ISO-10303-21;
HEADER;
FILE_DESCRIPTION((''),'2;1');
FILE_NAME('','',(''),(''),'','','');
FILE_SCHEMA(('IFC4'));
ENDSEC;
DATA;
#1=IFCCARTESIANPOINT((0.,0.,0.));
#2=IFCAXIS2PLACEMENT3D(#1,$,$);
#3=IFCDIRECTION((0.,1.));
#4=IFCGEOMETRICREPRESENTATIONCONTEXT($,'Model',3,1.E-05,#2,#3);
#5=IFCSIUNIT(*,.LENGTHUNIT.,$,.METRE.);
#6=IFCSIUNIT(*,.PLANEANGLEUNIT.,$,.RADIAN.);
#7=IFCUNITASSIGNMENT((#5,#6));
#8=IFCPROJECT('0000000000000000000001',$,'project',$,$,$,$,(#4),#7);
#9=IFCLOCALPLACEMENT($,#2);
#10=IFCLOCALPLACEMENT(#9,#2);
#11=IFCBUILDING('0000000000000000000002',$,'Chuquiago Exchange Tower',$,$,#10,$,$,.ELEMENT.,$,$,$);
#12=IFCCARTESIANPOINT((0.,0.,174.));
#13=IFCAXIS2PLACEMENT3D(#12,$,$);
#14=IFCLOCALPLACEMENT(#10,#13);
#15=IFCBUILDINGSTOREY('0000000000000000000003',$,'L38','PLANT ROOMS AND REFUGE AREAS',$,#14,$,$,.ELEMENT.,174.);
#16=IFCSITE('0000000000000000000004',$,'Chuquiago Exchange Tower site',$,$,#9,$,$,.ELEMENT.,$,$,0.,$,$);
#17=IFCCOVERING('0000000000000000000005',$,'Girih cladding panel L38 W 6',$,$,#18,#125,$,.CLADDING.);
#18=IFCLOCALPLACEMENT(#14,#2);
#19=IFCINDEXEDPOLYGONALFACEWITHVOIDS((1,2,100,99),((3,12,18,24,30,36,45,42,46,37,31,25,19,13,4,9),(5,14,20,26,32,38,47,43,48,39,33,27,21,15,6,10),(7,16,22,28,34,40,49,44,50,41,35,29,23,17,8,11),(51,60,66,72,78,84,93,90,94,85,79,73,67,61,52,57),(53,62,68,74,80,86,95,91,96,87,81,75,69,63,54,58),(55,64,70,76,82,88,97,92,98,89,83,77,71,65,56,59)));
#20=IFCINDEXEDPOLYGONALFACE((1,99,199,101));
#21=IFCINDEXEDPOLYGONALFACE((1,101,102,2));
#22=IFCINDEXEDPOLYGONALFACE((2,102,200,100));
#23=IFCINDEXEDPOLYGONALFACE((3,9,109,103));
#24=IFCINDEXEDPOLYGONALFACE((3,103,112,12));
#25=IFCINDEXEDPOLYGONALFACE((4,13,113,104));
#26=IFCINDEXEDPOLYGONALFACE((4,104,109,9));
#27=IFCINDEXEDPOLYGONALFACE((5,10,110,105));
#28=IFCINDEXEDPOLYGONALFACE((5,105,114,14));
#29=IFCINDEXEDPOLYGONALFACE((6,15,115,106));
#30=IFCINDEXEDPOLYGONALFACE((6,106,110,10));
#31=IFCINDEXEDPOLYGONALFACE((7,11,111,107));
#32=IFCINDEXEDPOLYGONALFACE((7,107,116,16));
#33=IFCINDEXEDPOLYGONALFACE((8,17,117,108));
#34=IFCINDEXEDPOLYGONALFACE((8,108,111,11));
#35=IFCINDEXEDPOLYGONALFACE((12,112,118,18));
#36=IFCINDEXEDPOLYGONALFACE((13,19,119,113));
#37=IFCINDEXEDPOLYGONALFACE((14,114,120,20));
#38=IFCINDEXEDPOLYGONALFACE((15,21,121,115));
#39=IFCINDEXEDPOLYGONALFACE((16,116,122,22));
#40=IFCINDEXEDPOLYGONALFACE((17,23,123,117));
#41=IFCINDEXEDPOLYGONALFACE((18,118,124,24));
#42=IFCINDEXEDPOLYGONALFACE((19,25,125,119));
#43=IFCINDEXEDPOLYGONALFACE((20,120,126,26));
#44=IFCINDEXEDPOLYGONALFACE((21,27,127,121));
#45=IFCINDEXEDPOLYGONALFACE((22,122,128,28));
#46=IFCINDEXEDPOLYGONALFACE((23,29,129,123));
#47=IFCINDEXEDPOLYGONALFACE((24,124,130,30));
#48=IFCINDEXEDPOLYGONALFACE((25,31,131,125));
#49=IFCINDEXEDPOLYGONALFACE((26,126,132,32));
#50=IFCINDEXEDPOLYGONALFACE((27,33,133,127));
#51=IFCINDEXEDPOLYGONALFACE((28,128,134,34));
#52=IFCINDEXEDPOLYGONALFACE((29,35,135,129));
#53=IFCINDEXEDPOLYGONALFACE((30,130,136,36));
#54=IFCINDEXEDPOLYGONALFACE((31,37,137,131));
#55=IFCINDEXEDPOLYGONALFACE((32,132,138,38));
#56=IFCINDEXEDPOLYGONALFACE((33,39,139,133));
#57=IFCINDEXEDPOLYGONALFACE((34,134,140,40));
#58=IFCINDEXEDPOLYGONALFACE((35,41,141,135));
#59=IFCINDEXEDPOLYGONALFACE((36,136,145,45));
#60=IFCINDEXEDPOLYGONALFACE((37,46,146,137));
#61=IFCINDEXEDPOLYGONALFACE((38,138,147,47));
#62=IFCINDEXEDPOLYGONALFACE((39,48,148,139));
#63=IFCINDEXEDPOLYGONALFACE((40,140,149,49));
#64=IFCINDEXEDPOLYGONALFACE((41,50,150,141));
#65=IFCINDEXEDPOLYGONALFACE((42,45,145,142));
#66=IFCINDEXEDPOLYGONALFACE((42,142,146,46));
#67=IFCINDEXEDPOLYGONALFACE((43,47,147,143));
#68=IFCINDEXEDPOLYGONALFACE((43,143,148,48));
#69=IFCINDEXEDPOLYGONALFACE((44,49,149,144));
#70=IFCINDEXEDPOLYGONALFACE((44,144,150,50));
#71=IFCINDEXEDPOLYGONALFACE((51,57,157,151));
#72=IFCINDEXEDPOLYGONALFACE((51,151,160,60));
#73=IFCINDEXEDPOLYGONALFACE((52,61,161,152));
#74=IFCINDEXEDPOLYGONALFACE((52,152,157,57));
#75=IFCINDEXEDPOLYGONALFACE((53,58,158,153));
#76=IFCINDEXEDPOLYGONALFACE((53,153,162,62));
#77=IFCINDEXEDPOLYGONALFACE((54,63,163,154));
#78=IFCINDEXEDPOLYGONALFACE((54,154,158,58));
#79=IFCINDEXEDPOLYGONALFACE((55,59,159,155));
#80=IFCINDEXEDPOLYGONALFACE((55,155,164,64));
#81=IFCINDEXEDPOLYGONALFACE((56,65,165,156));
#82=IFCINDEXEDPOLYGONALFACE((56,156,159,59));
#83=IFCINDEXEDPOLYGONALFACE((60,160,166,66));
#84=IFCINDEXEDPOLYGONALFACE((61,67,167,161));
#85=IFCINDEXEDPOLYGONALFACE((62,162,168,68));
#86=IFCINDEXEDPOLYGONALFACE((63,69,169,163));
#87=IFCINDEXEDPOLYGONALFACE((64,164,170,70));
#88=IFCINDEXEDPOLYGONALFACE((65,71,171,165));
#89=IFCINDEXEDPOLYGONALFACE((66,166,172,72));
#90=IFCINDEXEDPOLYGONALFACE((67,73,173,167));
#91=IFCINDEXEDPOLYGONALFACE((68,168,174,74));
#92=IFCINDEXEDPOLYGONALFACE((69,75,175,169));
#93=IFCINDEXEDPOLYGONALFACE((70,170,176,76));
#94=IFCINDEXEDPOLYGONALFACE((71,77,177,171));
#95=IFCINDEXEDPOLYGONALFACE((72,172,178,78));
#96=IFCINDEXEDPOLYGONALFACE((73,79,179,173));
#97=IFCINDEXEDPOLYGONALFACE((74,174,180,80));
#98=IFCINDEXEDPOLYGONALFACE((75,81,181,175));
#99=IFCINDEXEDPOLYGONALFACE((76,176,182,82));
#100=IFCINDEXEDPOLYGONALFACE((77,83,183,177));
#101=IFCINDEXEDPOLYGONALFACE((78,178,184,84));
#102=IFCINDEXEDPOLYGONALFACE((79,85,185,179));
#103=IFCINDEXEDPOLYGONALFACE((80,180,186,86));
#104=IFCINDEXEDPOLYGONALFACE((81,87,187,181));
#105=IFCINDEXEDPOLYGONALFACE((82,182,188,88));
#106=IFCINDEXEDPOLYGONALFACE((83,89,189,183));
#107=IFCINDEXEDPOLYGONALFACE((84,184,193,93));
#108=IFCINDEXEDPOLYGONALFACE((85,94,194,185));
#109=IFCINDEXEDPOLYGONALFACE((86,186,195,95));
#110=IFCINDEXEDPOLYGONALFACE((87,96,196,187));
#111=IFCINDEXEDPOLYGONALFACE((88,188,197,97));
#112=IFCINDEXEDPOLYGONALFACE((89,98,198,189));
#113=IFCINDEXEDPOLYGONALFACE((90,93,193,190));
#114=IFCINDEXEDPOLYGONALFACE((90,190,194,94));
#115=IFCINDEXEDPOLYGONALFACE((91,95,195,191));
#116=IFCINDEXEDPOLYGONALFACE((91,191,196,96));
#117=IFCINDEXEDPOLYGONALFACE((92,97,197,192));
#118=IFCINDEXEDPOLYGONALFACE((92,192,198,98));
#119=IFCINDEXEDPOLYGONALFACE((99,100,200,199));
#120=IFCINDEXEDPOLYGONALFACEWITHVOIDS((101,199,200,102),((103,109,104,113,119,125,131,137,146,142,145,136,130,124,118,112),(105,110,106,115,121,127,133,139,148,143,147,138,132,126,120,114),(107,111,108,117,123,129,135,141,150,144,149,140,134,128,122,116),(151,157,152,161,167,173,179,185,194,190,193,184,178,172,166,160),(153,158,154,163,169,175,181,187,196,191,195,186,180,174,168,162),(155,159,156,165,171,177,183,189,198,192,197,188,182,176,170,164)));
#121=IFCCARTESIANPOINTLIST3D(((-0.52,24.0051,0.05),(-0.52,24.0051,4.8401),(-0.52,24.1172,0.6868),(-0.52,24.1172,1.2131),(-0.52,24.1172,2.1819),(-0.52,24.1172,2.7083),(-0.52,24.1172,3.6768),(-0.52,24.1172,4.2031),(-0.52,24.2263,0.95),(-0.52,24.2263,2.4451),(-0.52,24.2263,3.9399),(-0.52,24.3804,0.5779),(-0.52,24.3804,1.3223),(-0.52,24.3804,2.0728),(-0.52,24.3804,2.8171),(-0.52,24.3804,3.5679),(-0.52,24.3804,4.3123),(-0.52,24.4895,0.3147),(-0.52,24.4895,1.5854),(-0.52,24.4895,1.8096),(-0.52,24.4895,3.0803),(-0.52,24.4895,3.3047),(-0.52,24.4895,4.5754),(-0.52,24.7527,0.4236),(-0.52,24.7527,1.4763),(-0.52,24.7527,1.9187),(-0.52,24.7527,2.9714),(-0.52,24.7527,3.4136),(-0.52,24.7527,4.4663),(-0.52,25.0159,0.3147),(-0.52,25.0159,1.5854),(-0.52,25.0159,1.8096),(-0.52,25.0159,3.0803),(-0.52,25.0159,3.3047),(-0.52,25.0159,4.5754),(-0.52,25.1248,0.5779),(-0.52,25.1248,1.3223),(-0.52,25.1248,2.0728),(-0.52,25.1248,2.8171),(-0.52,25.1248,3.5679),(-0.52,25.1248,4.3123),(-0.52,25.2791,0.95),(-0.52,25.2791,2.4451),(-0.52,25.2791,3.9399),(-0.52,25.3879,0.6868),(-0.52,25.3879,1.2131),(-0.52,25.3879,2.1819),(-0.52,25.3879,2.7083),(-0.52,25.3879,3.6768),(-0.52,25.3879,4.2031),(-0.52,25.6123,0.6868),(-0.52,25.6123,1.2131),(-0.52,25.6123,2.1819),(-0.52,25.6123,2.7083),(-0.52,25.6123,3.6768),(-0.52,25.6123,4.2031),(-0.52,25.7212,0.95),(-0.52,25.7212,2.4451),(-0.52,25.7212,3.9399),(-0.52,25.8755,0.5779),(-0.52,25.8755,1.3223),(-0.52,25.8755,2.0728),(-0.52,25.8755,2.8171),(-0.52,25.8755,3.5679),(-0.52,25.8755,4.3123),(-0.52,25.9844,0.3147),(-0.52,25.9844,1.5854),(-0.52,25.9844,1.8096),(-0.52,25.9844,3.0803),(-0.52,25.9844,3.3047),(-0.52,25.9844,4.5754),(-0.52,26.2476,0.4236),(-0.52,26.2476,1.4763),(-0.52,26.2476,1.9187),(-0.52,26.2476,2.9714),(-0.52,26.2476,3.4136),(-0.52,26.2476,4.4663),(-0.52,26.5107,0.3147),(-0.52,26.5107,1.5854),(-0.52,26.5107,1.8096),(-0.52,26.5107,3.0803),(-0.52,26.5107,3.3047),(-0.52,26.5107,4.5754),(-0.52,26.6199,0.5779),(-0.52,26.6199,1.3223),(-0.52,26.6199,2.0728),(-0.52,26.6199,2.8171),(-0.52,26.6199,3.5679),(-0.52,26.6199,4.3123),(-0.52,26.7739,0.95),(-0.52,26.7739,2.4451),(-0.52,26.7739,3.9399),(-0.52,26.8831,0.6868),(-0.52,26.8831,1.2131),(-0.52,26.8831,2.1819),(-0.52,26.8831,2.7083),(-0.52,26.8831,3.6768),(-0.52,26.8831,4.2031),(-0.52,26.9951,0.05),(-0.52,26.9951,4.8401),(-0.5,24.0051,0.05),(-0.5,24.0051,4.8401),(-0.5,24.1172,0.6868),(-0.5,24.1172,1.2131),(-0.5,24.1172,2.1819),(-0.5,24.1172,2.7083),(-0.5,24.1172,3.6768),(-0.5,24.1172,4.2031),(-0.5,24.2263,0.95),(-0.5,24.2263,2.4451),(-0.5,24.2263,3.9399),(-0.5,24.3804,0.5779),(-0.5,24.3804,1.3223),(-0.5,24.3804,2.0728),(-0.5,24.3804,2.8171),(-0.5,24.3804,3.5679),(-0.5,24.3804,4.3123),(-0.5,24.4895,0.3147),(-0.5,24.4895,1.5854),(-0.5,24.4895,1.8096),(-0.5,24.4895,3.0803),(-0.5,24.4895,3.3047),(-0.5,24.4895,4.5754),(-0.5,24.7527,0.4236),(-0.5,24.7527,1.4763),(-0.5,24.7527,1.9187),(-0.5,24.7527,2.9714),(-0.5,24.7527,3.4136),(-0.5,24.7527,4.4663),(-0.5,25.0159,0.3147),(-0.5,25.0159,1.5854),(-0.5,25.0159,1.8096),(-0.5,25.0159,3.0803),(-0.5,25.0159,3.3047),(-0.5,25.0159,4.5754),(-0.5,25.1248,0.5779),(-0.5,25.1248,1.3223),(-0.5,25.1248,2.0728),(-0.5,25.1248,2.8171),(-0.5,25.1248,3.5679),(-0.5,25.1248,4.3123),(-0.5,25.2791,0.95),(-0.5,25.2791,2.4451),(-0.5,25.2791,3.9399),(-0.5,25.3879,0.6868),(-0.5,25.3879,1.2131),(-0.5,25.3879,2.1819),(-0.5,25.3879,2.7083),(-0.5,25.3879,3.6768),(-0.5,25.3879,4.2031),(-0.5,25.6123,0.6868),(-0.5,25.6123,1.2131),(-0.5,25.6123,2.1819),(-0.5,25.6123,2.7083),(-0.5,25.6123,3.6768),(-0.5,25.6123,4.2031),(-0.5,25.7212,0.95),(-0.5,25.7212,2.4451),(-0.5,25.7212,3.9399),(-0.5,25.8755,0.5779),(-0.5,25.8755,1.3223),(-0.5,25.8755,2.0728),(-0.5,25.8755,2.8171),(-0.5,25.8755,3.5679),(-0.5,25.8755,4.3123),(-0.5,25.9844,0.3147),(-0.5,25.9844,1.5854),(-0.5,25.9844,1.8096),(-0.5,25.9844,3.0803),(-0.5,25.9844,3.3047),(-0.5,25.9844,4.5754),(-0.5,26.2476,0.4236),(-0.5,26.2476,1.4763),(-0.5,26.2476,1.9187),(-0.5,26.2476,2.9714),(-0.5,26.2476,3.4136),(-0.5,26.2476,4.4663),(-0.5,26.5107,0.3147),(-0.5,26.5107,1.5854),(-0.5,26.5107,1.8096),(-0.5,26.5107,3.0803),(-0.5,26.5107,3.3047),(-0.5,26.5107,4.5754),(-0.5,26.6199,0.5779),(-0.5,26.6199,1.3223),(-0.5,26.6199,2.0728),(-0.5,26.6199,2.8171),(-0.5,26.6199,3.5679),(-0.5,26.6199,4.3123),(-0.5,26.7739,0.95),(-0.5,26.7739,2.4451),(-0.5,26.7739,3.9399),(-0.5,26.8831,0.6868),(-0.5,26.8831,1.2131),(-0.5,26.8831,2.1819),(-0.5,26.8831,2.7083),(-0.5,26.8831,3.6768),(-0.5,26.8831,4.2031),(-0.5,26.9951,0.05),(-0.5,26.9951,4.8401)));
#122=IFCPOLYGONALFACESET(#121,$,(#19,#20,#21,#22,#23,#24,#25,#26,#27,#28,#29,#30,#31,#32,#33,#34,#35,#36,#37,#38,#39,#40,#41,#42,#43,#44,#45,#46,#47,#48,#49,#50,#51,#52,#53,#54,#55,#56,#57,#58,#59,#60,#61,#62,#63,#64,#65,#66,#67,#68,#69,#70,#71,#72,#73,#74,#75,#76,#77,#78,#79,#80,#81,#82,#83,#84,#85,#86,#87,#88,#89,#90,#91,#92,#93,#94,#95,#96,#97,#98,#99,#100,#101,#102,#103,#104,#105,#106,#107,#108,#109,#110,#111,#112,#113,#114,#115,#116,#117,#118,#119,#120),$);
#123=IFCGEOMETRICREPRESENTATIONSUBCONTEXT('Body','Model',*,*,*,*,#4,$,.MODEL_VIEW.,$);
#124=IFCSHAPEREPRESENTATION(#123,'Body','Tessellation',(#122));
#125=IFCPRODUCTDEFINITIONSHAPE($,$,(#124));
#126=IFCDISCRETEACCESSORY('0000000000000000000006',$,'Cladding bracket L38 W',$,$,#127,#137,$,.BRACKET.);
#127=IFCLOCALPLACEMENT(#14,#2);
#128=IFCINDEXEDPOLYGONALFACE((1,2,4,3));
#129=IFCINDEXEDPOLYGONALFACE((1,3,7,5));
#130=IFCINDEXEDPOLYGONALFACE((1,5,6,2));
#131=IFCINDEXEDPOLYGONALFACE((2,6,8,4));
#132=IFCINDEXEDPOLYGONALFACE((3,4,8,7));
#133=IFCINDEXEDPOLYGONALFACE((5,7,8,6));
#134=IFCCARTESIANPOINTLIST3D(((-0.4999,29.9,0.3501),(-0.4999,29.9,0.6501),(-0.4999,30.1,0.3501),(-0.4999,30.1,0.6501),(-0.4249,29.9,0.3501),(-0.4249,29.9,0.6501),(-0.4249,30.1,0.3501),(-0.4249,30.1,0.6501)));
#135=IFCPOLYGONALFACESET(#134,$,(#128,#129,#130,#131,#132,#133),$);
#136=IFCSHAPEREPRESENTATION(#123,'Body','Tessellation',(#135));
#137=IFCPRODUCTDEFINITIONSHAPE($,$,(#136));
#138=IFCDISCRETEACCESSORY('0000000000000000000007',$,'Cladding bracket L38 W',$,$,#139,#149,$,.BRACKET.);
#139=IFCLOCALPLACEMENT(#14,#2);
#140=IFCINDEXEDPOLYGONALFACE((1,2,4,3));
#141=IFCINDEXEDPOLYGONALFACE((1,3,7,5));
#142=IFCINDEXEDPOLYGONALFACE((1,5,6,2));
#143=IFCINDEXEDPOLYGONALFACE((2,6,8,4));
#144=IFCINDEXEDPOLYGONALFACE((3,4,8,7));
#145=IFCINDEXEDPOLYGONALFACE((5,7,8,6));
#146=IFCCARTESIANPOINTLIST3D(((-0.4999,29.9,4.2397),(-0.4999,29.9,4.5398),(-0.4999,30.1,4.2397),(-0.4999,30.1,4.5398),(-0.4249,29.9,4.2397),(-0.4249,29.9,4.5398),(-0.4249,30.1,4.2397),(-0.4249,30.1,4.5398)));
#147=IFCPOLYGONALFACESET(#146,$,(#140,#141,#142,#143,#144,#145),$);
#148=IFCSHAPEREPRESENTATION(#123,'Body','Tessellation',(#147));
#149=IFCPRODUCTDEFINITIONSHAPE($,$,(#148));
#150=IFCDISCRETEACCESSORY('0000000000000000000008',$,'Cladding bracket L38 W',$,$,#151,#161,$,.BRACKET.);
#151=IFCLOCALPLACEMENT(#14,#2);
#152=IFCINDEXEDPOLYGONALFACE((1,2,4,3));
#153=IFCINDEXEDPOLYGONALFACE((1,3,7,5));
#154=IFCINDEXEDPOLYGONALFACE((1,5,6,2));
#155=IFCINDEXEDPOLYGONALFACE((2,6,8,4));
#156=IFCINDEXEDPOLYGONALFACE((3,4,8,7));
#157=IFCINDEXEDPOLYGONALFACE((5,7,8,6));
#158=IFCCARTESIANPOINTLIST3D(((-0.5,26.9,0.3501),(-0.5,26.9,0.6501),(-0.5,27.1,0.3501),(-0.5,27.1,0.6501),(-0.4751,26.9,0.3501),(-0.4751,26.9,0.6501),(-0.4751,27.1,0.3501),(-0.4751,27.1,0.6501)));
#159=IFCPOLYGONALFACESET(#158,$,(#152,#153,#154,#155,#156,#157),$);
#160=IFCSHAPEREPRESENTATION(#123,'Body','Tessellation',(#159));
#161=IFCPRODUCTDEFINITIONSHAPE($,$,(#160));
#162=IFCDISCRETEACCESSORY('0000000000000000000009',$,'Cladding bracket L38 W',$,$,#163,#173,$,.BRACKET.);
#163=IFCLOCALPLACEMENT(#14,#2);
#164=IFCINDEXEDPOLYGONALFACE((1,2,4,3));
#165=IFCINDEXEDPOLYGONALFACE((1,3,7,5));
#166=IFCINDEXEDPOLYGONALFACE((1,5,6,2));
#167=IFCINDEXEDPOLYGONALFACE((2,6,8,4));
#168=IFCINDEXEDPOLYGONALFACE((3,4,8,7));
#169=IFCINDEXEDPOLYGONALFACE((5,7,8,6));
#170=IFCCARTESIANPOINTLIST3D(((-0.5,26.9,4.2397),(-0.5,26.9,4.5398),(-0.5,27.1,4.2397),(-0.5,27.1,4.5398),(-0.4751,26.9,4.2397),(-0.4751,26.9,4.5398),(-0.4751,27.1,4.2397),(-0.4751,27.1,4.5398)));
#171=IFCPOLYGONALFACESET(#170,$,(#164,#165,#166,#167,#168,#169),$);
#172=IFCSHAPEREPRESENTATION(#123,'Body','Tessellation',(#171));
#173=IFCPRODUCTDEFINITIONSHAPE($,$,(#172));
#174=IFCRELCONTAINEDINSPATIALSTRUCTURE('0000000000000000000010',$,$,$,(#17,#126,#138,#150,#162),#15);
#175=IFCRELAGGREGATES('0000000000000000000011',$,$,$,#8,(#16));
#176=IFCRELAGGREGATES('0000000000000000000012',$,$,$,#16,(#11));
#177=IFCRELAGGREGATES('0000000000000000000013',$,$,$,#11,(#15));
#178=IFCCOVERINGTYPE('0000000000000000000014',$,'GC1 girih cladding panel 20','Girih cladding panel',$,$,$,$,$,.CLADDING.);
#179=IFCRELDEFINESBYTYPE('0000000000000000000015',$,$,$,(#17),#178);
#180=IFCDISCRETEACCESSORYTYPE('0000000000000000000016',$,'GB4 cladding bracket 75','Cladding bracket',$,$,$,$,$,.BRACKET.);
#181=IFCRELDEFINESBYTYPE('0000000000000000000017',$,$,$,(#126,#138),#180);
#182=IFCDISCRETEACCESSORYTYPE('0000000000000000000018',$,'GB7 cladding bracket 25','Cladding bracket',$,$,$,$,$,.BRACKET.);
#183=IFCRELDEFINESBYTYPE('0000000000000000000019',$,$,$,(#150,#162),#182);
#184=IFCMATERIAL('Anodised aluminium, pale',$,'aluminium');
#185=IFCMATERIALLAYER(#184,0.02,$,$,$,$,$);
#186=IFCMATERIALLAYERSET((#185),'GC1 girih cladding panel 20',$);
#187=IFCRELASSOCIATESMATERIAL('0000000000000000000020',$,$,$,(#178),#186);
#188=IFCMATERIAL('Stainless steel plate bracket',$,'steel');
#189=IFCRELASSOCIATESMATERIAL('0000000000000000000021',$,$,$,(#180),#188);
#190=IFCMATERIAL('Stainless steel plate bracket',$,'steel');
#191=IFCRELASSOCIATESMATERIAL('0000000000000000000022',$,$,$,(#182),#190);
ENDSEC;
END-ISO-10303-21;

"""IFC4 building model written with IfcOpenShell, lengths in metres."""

from ifc_helpers import new_model, si_unit, direction, frame, origin, origin_2d, place, context, subcontext, project, spatial, polyline, rectangle, outline, extrude, material, layer, layer_set, type_object, element, save


model = new_model("IFC4")

# Units and contexts
model_context = context("Model", 3, precision=1e-05, world=origin(), true_north=direction((0.0, 1.0)))
body_context = subcontext(model_context, "Body", "Model", "MODEL_VIEW")
ifc_project = project(units=[si_unit("LENGTHUNIT", "METRE"), si_unit("PLANEANGLEUNIT", "RADIAN")], contexts=[model_context])

# Site, building, storey
site_placement = place(None, origin())
site = spatial("IfcSite", under=ifc_project, at=site_placement, Name="Chuquiago Exchange Tower site", CompositionType="ELEMENT", RefElevation=0.0)
building_placement = place(site_placement, origin())
building = spatial("IfcBuilding", under=site, at=building_placement, Name="Chuquiago Exchange Tower", CompositionType="ELEMENT")
storey_placement = place(building_placement, frame((0.0, 0.0, 174.0)))
storey = spatial("IfcBuildingStorey", under=building, at=storey_placement, Name="L38", Description="PLANT ROOMS AND REFUGE AREAS", CompositionType="ELEMENT", Elevation=174.0)

# Covering
ifc_material_1 = material(Name="Anodised aluminium, pale", Category="aluminium")
ifc_layer_1 = layer(ifc_material_1, 0.02)
ifc_layer_set_1 = layer_set([ifc_layer_1], Name="GC1 girih cladding panel 20")
covering_type = type_object("IfcCoveringType", Name="GC1 girih cladding panel 20", Description="Girih cladding panel", PredefinedType="CLADDING", material=ifc_layer_set_1)
covering_1_placement = place(storey_placement, frame((-0.5, 26.9951, 0.05), z_axis=(0.0, 0.0, 1.0), x_axis=(0.0, -1.0, 0.0)))
element("IfcCovering", 1, at=covering_1_placement, inside=storey, type_object=covering_type, Name="Girih cladding panel L38 W 6", PredefinedType="CLADDING", context=body_context, shape_type="SweptSolid", body=[
    extrude(outline(polyline([(0.0, 0.0), (2.99, 0.0), (2.99, 4.79), (0.0, 4.79), (0.0, 0.0)]), holes=[polyline([(1.2739, 0.8999), (1.3828, 1.1631), (1.1196, 1.2722), (1.0107, 1.5354), (0.7476, 1.4263), (0.4844, 1.5354), (0.3752, 1.2722), (0.1121, 1.1631), (0.2212, 0.8999), (0.1121, 0.6367), (0.3752, 0.5278), (0.4844, 0.2646), (0.7476, 0.3735), (1.0107, 0.2646), (1.1196, 0.5278), (1.3828, 0.6367), (1.2739, 0.8999)]), polyline([(2.7688, 0.8999), (2.8779, 1.1631), (2.6147, 1.2722), (2.5056, 1.5354), (2.2424, 1.4263), (1.9792, 1.5354), (1.8704, 1.2722), (1.6072, 1.1631), (1.7161, 0.8999), (1.6072, 0.6367), (1.8704, 0.5278), (1.9792, 0.2646), (2.2424, 0.3735), (2.5056, 0.2646), (2.6147, 0.5278), (2.8779, 0.6367), (2.7688, 0.8999)]), polyline([(1.2739, 2.395), (1.3828, 2.6582), (1.1196, 2.7671), (1.0107, 3.0303), (0.7476, 2.9214), (0.4844, 3.0303), (0.3752, 2.7671), (0.1121, 2.6582), (0.2212, 2.395), (0.1121, 2.1318), (0.3752, 2.0227), (0.4844, 1.7595), (0.7476, 1.8687), (1.0107, 1.7595), (1.1196, 2.0227), (1.3828, 2.1318), (1.2739, 2.395)]), polyline([(2.7688, 2.395), (2.8779, 2.6582), (2.6147, 2.7671), (2.5056, 3.0303), (2.2424, 2.9214), (1.9792, 3.0303), (1.8704, 2.7671), (1.6072, 2.6582), (1.7161, 2.395), (1.6072, 2.1318), (1.8704, 2.0227), (1.9792, 1.7595), (2.2424, 1.8687), (2.5056, 1.7595), (2.6147, 2.0227), (2.8779, 2.1318), (2.7688, 2.395)]), polyline([(1.2739, 3.8899), (1.3828, 4.1531), (1.1196, 4.2622), (1.0107, 4.5254), (0.7476, 4.4163), (0.4844, 4.5254), (0.3752, 4.2622), (0.1121, 4.1531), (0.2212, 3.8899), (0.1121, 3.6267), (0.3752, 3.5178), (0.4844, 3.2546), (0.7476, 3.3635), (1.0107, 3.2546), (1.1196, 3.5178), (1.3828, 3.6267), (1.2739, 3.8899)]), polyline([(2.7688, 3.8899), (2.8779, 4.1531), (2.6147, 4.2622), (2.5056, 4.5254), (2.2424, 4.4163), (1.9792, 4.5254), (1.8704, 4.2622), (1.6072, 4.1531), (1.7161, 3.8899), (1.6072, 3.6267), (1.8704, 3.5178), (1.9792, 3.2546), (2.2424, 3.3635), (2.5056, 3.2546), (2.6147, 3.5178), (2.8779, 3.6267), (2.7688, 3.8899)])]), frame((0.0, 0.0, 0.0), z_axis=(0.0, -1.0, 0.0), x_axis=(1.0, 0.0, 0.0)), (0.0, 0.0, 1.0), 0.02),
])

# Discrete accessories
ifc_material_2 = material(Name="Stainless steel plate bracket", Category="steel")
discrete_accessory_type_1 = type_object("IfcDiscreteAccessoryType", Name="GB4 cladding bracket 75", Description="Cladding bracket", PredefinedType="BRACKET", material=ifc_material_2)
for number, where, z_axis, x_axis, name in (
    (2, (-0.4624, 30.0, 0.3501), (0.0, 0.0, 1.0), (0.0, -1.0, 0.0), "Cladding bracket L38 W"),
    (3, (-0.4624, 30.0, 4.2397), (0.0, 0.0, 1.0), (0.0, -1.0, 0.0), "Cladding bracket L38 W"),
):
    element("IfcDiscreteAccessory", number, at=place(storey_placement, frame(where, z_axis=z_axis, x_axis=x_axis)), inside=storey, type_object=discrete_accessory_type_1, Name=name, PredefinedType="BRACKET", context=body_context, shape_type="SweptSolid", body=[
        extrude(rectangle(XDim=0.2, YDim=0.075, at=origin_2d()), origin(), (0.0, 0.0, 1.0), 0.3),
    ])
ifc_material_3 = material(Name="Stainless steel plate bracket", Category="steel")
discrete_accessory_type_2 = type_object("IfcDiscreteAccessoryType", Name="GB7 cladding bracket 25", Description="Cladding bracket", PredefinedType="BRACKET", material=ifc_material_3)
for number, where, z_axis, x_axis, name in (
    (4, (-0.4875, 27.0, 0.3501), (0.0, 0.0, 1.0), (0.0, -1.0, 0.0), "Cladding bracket L38 W"),
    (5, (-0.4875, 27.0, 4.2397), (0.0, 0.0, 1.0), (0.0, -1.0, 0.0), "Cladding bracket L38 W"),
):
    element("IfcDiscreteAccessory", number, at=place(storey_placement, frame(where, z_axis=z_axis, x_axis=x_axis)), inside=storey, type_object=discrete_accessory_type_2, Name=name, PredefinedType="BRACKET", context=body_context, shape_type="SweptSolid", body=[
        extrude(rectangle(XDim=0.2, YDim=0.0249, at=origin_2d()), origin(), (0.0, 0.0, 1.0), 0.3),
    ])

save(model, "model.ifc")
